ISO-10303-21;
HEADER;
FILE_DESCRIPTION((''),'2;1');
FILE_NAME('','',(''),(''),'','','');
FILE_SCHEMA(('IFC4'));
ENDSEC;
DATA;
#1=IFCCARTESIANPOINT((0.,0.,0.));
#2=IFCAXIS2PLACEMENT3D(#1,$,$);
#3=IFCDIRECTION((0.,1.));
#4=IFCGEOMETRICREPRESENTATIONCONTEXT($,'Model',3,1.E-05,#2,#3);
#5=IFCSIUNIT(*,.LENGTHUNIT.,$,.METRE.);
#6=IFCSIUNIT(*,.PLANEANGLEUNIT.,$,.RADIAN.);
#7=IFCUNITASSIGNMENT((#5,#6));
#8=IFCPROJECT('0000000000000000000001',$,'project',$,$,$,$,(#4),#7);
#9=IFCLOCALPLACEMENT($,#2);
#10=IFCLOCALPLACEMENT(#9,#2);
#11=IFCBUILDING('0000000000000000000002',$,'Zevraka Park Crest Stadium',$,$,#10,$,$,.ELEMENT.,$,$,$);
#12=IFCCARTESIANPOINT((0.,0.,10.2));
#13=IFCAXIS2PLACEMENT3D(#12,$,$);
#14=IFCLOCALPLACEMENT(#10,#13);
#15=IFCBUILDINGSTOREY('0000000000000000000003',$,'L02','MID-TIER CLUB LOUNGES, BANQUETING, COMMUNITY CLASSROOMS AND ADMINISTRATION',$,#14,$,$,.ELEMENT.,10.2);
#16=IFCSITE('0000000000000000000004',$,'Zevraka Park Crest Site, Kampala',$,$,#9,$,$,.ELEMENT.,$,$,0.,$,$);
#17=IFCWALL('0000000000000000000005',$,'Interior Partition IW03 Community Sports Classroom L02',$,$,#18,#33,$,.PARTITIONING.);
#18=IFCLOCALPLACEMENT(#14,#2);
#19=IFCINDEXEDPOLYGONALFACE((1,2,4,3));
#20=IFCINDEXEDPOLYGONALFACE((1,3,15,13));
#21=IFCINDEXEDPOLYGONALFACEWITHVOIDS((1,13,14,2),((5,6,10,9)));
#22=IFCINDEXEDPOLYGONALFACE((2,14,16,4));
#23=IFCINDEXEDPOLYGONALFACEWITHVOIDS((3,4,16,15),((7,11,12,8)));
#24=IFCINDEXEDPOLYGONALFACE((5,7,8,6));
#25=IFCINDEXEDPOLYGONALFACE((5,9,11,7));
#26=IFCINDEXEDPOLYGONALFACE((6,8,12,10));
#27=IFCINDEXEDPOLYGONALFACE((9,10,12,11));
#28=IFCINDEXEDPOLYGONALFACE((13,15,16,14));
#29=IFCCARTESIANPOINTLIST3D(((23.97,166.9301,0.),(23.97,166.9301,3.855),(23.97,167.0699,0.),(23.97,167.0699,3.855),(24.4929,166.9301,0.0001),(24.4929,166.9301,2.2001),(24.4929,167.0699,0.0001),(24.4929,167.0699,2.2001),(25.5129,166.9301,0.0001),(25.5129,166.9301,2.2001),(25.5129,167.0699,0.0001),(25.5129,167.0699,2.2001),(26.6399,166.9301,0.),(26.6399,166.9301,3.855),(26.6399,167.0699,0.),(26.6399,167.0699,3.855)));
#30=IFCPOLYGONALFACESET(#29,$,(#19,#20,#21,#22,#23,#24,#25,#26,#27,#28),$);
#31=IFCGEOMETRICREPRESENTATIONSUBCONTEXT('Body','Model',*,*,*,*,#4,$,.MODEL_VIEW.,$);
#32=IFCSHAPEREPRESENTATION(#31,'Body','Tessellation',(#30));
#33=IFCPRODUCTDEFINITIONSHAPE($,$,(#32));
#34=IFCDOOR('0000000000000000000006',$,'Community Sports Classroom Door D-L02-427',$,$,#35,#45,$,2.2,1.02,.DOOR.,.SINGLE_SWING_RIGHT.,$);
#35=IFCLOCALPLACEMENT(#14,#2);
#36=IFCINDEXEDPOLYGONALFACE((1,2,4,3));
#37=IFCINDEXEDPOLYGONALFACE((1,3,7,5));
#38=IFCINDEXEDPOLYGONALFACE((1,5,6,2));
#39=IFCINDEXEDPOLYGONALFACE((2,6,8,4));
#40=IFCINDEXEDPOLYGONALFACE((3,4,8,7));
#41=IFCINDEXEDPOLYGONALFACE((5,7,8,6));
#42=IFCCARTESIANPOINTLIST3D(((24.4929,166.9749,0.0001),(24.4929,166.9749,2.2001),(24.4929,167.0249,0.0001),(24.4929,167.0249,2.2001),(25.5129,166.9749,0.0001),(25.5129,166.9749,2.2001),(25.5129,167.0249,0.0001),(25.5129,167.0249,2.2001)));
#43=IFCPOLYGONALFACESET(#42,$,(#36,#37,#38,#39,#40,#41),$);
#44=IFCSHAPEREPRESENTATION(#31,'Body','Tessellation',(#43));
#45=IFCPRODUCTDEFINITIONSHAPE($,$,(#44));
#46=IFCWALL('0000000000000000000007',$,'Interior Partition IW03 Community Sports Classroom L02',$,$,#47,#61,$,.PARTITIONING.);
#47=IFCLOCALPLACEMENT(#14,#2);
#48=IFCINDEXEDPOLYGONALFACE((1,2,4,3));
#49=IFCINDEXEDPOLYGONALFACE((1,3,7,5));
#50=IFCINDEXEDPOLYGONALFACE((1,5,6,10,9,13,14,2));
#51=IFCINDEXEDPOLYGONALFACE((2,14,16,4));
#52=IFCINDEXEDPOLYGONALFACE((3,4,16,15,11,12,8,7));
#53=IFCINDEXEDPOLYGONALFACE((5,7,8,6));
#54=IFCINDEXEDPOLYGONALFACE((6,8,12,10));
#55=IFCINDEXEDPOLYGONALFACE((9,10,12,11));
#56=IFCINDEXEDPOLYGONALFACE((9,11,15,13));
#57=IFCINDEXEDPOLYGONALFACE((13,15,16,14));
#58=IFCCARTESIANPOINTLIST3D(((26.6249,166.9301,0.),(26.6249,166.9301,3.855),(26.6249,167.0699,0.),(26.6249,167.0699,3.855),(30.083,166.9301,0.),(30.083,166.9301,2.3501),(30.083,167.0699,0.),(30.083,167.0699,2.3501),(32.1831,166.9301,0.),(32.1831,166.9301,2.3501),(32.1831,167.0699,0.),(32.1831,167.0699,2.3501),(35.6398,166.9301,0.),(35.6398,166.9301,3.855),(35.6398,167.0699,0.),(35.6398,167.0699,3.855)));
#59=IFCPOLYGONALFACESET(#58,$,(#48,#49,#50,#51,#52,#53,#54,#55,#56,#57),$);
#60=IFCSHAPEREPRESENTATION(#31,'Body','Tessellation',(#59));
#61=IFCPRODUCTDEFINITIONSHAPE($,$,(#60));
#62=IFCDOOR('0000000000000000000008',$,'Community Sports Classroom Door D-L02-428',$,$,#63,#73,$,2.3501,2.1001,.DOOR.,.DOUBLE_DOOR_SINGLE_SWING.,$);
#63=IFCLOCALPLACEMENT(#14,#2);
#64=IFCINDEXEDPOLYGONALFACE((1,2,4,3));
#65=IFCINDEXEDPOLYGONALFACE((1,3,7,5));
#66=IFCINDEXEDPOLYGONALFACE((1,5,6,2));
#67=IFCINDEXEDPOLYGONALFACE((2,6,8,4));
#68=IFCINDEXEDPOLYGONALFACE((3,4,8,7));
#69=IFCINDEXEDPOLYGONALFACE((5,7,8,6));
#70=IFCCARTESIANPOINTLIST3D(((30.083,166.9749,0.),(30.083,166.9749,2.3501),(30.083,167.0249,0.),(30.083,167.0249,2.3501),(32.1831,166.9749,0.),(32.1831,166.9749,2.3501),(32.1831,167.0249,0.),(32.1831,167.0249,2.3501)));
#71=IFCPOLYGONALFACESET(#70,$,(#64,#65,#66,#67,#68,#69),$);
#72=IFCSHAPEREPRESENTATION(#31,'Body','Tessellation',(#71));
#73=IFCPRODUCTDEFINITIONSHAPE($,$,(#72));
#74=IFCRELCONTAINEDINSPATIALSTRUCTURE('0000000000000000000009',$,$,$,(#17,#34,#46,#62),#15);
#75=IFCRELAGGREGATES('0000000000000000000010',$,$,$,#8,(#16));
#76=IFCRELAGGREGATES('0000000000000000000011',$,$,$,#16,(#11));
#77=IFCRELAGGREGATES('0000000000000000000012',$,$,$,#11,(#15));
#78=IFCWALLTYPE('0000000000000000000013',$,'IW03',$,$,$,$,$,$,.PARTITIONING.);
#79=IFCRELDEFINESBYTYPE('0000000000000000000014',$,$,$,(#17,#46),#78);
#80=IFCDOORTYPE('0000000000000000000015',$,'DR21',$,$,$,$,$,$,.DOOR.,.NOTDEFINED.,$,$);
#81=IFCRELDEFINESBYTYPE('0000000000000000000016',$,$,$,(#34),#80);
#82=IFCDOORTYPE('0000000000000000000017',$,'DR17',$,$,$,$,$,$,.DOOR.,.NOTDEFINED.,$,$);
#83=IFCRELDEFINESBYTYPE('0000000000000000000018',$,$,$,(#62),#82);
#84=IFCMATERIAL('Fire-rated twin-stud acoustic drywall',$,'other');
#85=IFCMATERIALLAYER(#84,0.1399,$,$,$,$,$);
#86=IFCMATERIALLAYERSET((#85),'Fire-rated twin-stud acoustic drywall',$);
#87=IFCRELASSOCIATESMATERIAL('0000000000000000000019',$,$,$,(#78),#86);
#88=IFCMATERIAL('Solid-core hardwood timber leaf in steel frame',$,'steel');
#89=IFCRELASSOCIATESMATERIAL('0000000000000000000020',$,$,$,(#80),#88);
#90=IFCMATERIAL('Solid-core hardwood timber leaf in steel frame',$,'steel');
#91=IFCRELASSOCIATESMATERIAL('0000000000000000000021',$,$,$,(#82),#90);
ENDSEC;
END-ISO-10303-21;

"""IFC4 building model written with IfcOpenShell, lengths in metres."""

from ifc_helpers import new_model, si_unit, direction, frame, frame_2d, origin, place, context, subcontext, project, spatial, rectangle, extrude, material, layer, layer_set, type_object, element, fill, save


model = new_model("IFC4")

# Units and contexts
model_context = context("Model", 3, precision=1e-05, world=origin(), true_north=direction((0.0, 1.0)))
body_context = subcontext(model_context, "Body", "Model", "MODEL_VIEW")
ifc_project = project(units=[si_unit("LENGTHUNIT", "METRE"), si_unit("PLANEANGLEUNIT", "RADIAN")], contexts=[model_context])

# Site, building, storey
site_placement = place(None, origin())
site = spatial("IfcSite", under=ifc_project, at=site_placement, Name="Zevraka Park Crest Site, Kampala", CompositionType="ELEMENT", RefElevation=0.0)
building_placement = place(site_placement, origin())
building = spatial("IfcBuilding", under=site, at=building_placement, Name="Zevraka Park Crest Stadium", CompositionType="ELEMENT")
storey_placement = place(building_placement, frame((0.0, 0.0, 10.2)))
storey = spatial("IfcBuildingStorey", under=building, at=storey_placement, Name="L02", Description="MID-TIER CLUB LOUNGES, BANQUETING, COMMUNITY CLASSROOMS AND ADMINISTRATION", CompositionType="ELEMENT", Elevation=10.2)

# Walls, openings, doors
ifc_material_1 = material(Name="Fire-rated twin-stud acoustic drywall", Category="other")
ifc_layer_1 = layer(ifc_material_1, 0.1399)
ifc_layer_set_1 = layer_set([ifc_layer_1], Name="Fire-rated twin-stud acoustic drywall")
wall_type_1 = type_object("IfcWallType", Name="IW03", PredefinedType="PARTITIONING", material=ifc_layer_set_1)
wall_1_placement = place(storey_placement, frame((23.97, 167.0, 0.0), z_axis=(0.0, 0.0, 1.0), x_axis=(1.0, 0.0, 0.0)))
wall_1 = element("IfcWall", 1, at=wall_1_placement, inside=storey, type_object=wall_type_1, Name="Interior Partition IW03 Community Sports Classroom L02", PredefinedType="PARTITIONING", context=body_context, shape_type="SweptSolid", body=[
    extrude(rectangle(XDim=2.6699, YDim=0.1399, at=frame_2d((1.335, 0.0))), origin(), (0.0, 0.0, 1.0), 3.855),
])
opening_1_placement = place(wall_1_placement, frame((0.5229, 0.0, 0.0)))
opening_1 = element("IfcOpeningElement", 2, at=opening_1_placement, cuts=wall_1, PredefinedType="OPENING", context=body_context, shape_type="SweptSolid", body=[
    extrude(rectangle(XDim=1.02, YDim=2.2, at=frame_2d((0.51, 1.1001))), frame((0.0, 0.0798, 0.0), z_axis=(0.0, -1.0, 0.0), x_axis=(1.0, 0.0, 0.0)), (0.0, 0.0, 1.0), 0.1599),
])
ifc_material_2 = material(Name="Solid-core hardwood timber leaf in steel frame", Category="steel")
door_type_1 = type_object("IfcDoorType", Name="DR21", OperationType="NOTDEFINED", PredefinedType="DOOR", material=ifc_material_2)
door_1_placement = place(opening_1_placement, origin())
door_1 = element("IfcDoor", 3, at=door_1_placement, inside=storey, type_object=door_type_1, Name="Community Sports Classroom Door D-L02-427", OperationType="SINGLE_SWING_RIGHT", OverallHeight=2.2, OverallWidth=1.02, PredefinedType="DOOR", context=body_context, shape_type="SweptSolid", body=[
    extrude(rectangle(XDim=1.02, YDim=2.2, at=frame_2d((0.51, 1.1001))), frame((0.0, 0.0249, 0.0), z_axis=(0.0, -1.0, 0.0), x_axis=(1.0, 0.0, 0.0)), (0.0, 0.0, 1.0), 0.05),
])
fill(opening_1, door_1)
wall_2_placement = place(storey_placement, frame((26.625, 167.0, 0.0), z_axis=(0.0, 0.0, 1.0), x_axis=(1.0, 0.0, 0.0)))
wall_2 = element("IfcWall", 4, at=wall_2_placement, inside=storey, type_object=wall_type_1, Name="Interior Partition IW03 Community Sports Classroom L02", PredefinedType="PARTITIONING", context=body_context, shape_type="SweptSolid", body=[
    extrude(rectangle(XDim=9.0149, YDim=0.1399, at=frame_2d((4.5073, 0.0))), origin(), (0.0, 0.0, 1.0), 3.855),
])
opening_2_placement = place(wall_2_placement, frame((3.458, 0.0, 0.0)))
opening_2 = element("IfcOpeningElement", 5, at=opening_2_placement, cuts=wall_2, PredefinedType="OPENING", context=body_context, shape_type="SweptSolid", body=[
    extrude(rectangle(XDim=2.1001, YDim=2.3501, at=frame_2d((1.05, 1.175))), frame((0.0, 0.0798, 0.0), z_axis=(0.0, -1.0, 0.0), x_axis=(1.0, 0.0, 0.0)), (0.0, 0.0, 1.0), 0.1599),
])
ifc_material_3 = material(Name="Solid-core hardwood timber leaf in steel frame", Category="steel")
door_type_2 = type_object("IfcDoorType", Name="DR17", OperationType="NOTDEFINED", PredefinedType="DOOR", material=ifc_material_3)
door_2_placement = place(opening_2_placement, origin())
door_2 = element("IfcDoor", 6, at=door_2_placement, inside=storey, type_object=door_type_2, Name="Community Sports Classroom Door D-L02-428", OperationType="DOUBLE_DOOR_SINGLE_SWING", OverallHeight=2.3501, OverallWidth=2.1001, PredefinedType="DOOR", context=body_context, shape_type="SweptSolid", body=[
    extrude(rectangle(XDim=2.1001, YDim=2.3501, at=frame_2d((1.05, 1.175))), frame((0.0, 0.0249, 0.0), z_axis=(0.0, -1.0, 0.0), x_axis=(1.0, 0.0, 0.0)), (0.0, 0.0, 1.0), 0.05),
])
fill(opening_2, door_2)

save(model, "model.ifc")
